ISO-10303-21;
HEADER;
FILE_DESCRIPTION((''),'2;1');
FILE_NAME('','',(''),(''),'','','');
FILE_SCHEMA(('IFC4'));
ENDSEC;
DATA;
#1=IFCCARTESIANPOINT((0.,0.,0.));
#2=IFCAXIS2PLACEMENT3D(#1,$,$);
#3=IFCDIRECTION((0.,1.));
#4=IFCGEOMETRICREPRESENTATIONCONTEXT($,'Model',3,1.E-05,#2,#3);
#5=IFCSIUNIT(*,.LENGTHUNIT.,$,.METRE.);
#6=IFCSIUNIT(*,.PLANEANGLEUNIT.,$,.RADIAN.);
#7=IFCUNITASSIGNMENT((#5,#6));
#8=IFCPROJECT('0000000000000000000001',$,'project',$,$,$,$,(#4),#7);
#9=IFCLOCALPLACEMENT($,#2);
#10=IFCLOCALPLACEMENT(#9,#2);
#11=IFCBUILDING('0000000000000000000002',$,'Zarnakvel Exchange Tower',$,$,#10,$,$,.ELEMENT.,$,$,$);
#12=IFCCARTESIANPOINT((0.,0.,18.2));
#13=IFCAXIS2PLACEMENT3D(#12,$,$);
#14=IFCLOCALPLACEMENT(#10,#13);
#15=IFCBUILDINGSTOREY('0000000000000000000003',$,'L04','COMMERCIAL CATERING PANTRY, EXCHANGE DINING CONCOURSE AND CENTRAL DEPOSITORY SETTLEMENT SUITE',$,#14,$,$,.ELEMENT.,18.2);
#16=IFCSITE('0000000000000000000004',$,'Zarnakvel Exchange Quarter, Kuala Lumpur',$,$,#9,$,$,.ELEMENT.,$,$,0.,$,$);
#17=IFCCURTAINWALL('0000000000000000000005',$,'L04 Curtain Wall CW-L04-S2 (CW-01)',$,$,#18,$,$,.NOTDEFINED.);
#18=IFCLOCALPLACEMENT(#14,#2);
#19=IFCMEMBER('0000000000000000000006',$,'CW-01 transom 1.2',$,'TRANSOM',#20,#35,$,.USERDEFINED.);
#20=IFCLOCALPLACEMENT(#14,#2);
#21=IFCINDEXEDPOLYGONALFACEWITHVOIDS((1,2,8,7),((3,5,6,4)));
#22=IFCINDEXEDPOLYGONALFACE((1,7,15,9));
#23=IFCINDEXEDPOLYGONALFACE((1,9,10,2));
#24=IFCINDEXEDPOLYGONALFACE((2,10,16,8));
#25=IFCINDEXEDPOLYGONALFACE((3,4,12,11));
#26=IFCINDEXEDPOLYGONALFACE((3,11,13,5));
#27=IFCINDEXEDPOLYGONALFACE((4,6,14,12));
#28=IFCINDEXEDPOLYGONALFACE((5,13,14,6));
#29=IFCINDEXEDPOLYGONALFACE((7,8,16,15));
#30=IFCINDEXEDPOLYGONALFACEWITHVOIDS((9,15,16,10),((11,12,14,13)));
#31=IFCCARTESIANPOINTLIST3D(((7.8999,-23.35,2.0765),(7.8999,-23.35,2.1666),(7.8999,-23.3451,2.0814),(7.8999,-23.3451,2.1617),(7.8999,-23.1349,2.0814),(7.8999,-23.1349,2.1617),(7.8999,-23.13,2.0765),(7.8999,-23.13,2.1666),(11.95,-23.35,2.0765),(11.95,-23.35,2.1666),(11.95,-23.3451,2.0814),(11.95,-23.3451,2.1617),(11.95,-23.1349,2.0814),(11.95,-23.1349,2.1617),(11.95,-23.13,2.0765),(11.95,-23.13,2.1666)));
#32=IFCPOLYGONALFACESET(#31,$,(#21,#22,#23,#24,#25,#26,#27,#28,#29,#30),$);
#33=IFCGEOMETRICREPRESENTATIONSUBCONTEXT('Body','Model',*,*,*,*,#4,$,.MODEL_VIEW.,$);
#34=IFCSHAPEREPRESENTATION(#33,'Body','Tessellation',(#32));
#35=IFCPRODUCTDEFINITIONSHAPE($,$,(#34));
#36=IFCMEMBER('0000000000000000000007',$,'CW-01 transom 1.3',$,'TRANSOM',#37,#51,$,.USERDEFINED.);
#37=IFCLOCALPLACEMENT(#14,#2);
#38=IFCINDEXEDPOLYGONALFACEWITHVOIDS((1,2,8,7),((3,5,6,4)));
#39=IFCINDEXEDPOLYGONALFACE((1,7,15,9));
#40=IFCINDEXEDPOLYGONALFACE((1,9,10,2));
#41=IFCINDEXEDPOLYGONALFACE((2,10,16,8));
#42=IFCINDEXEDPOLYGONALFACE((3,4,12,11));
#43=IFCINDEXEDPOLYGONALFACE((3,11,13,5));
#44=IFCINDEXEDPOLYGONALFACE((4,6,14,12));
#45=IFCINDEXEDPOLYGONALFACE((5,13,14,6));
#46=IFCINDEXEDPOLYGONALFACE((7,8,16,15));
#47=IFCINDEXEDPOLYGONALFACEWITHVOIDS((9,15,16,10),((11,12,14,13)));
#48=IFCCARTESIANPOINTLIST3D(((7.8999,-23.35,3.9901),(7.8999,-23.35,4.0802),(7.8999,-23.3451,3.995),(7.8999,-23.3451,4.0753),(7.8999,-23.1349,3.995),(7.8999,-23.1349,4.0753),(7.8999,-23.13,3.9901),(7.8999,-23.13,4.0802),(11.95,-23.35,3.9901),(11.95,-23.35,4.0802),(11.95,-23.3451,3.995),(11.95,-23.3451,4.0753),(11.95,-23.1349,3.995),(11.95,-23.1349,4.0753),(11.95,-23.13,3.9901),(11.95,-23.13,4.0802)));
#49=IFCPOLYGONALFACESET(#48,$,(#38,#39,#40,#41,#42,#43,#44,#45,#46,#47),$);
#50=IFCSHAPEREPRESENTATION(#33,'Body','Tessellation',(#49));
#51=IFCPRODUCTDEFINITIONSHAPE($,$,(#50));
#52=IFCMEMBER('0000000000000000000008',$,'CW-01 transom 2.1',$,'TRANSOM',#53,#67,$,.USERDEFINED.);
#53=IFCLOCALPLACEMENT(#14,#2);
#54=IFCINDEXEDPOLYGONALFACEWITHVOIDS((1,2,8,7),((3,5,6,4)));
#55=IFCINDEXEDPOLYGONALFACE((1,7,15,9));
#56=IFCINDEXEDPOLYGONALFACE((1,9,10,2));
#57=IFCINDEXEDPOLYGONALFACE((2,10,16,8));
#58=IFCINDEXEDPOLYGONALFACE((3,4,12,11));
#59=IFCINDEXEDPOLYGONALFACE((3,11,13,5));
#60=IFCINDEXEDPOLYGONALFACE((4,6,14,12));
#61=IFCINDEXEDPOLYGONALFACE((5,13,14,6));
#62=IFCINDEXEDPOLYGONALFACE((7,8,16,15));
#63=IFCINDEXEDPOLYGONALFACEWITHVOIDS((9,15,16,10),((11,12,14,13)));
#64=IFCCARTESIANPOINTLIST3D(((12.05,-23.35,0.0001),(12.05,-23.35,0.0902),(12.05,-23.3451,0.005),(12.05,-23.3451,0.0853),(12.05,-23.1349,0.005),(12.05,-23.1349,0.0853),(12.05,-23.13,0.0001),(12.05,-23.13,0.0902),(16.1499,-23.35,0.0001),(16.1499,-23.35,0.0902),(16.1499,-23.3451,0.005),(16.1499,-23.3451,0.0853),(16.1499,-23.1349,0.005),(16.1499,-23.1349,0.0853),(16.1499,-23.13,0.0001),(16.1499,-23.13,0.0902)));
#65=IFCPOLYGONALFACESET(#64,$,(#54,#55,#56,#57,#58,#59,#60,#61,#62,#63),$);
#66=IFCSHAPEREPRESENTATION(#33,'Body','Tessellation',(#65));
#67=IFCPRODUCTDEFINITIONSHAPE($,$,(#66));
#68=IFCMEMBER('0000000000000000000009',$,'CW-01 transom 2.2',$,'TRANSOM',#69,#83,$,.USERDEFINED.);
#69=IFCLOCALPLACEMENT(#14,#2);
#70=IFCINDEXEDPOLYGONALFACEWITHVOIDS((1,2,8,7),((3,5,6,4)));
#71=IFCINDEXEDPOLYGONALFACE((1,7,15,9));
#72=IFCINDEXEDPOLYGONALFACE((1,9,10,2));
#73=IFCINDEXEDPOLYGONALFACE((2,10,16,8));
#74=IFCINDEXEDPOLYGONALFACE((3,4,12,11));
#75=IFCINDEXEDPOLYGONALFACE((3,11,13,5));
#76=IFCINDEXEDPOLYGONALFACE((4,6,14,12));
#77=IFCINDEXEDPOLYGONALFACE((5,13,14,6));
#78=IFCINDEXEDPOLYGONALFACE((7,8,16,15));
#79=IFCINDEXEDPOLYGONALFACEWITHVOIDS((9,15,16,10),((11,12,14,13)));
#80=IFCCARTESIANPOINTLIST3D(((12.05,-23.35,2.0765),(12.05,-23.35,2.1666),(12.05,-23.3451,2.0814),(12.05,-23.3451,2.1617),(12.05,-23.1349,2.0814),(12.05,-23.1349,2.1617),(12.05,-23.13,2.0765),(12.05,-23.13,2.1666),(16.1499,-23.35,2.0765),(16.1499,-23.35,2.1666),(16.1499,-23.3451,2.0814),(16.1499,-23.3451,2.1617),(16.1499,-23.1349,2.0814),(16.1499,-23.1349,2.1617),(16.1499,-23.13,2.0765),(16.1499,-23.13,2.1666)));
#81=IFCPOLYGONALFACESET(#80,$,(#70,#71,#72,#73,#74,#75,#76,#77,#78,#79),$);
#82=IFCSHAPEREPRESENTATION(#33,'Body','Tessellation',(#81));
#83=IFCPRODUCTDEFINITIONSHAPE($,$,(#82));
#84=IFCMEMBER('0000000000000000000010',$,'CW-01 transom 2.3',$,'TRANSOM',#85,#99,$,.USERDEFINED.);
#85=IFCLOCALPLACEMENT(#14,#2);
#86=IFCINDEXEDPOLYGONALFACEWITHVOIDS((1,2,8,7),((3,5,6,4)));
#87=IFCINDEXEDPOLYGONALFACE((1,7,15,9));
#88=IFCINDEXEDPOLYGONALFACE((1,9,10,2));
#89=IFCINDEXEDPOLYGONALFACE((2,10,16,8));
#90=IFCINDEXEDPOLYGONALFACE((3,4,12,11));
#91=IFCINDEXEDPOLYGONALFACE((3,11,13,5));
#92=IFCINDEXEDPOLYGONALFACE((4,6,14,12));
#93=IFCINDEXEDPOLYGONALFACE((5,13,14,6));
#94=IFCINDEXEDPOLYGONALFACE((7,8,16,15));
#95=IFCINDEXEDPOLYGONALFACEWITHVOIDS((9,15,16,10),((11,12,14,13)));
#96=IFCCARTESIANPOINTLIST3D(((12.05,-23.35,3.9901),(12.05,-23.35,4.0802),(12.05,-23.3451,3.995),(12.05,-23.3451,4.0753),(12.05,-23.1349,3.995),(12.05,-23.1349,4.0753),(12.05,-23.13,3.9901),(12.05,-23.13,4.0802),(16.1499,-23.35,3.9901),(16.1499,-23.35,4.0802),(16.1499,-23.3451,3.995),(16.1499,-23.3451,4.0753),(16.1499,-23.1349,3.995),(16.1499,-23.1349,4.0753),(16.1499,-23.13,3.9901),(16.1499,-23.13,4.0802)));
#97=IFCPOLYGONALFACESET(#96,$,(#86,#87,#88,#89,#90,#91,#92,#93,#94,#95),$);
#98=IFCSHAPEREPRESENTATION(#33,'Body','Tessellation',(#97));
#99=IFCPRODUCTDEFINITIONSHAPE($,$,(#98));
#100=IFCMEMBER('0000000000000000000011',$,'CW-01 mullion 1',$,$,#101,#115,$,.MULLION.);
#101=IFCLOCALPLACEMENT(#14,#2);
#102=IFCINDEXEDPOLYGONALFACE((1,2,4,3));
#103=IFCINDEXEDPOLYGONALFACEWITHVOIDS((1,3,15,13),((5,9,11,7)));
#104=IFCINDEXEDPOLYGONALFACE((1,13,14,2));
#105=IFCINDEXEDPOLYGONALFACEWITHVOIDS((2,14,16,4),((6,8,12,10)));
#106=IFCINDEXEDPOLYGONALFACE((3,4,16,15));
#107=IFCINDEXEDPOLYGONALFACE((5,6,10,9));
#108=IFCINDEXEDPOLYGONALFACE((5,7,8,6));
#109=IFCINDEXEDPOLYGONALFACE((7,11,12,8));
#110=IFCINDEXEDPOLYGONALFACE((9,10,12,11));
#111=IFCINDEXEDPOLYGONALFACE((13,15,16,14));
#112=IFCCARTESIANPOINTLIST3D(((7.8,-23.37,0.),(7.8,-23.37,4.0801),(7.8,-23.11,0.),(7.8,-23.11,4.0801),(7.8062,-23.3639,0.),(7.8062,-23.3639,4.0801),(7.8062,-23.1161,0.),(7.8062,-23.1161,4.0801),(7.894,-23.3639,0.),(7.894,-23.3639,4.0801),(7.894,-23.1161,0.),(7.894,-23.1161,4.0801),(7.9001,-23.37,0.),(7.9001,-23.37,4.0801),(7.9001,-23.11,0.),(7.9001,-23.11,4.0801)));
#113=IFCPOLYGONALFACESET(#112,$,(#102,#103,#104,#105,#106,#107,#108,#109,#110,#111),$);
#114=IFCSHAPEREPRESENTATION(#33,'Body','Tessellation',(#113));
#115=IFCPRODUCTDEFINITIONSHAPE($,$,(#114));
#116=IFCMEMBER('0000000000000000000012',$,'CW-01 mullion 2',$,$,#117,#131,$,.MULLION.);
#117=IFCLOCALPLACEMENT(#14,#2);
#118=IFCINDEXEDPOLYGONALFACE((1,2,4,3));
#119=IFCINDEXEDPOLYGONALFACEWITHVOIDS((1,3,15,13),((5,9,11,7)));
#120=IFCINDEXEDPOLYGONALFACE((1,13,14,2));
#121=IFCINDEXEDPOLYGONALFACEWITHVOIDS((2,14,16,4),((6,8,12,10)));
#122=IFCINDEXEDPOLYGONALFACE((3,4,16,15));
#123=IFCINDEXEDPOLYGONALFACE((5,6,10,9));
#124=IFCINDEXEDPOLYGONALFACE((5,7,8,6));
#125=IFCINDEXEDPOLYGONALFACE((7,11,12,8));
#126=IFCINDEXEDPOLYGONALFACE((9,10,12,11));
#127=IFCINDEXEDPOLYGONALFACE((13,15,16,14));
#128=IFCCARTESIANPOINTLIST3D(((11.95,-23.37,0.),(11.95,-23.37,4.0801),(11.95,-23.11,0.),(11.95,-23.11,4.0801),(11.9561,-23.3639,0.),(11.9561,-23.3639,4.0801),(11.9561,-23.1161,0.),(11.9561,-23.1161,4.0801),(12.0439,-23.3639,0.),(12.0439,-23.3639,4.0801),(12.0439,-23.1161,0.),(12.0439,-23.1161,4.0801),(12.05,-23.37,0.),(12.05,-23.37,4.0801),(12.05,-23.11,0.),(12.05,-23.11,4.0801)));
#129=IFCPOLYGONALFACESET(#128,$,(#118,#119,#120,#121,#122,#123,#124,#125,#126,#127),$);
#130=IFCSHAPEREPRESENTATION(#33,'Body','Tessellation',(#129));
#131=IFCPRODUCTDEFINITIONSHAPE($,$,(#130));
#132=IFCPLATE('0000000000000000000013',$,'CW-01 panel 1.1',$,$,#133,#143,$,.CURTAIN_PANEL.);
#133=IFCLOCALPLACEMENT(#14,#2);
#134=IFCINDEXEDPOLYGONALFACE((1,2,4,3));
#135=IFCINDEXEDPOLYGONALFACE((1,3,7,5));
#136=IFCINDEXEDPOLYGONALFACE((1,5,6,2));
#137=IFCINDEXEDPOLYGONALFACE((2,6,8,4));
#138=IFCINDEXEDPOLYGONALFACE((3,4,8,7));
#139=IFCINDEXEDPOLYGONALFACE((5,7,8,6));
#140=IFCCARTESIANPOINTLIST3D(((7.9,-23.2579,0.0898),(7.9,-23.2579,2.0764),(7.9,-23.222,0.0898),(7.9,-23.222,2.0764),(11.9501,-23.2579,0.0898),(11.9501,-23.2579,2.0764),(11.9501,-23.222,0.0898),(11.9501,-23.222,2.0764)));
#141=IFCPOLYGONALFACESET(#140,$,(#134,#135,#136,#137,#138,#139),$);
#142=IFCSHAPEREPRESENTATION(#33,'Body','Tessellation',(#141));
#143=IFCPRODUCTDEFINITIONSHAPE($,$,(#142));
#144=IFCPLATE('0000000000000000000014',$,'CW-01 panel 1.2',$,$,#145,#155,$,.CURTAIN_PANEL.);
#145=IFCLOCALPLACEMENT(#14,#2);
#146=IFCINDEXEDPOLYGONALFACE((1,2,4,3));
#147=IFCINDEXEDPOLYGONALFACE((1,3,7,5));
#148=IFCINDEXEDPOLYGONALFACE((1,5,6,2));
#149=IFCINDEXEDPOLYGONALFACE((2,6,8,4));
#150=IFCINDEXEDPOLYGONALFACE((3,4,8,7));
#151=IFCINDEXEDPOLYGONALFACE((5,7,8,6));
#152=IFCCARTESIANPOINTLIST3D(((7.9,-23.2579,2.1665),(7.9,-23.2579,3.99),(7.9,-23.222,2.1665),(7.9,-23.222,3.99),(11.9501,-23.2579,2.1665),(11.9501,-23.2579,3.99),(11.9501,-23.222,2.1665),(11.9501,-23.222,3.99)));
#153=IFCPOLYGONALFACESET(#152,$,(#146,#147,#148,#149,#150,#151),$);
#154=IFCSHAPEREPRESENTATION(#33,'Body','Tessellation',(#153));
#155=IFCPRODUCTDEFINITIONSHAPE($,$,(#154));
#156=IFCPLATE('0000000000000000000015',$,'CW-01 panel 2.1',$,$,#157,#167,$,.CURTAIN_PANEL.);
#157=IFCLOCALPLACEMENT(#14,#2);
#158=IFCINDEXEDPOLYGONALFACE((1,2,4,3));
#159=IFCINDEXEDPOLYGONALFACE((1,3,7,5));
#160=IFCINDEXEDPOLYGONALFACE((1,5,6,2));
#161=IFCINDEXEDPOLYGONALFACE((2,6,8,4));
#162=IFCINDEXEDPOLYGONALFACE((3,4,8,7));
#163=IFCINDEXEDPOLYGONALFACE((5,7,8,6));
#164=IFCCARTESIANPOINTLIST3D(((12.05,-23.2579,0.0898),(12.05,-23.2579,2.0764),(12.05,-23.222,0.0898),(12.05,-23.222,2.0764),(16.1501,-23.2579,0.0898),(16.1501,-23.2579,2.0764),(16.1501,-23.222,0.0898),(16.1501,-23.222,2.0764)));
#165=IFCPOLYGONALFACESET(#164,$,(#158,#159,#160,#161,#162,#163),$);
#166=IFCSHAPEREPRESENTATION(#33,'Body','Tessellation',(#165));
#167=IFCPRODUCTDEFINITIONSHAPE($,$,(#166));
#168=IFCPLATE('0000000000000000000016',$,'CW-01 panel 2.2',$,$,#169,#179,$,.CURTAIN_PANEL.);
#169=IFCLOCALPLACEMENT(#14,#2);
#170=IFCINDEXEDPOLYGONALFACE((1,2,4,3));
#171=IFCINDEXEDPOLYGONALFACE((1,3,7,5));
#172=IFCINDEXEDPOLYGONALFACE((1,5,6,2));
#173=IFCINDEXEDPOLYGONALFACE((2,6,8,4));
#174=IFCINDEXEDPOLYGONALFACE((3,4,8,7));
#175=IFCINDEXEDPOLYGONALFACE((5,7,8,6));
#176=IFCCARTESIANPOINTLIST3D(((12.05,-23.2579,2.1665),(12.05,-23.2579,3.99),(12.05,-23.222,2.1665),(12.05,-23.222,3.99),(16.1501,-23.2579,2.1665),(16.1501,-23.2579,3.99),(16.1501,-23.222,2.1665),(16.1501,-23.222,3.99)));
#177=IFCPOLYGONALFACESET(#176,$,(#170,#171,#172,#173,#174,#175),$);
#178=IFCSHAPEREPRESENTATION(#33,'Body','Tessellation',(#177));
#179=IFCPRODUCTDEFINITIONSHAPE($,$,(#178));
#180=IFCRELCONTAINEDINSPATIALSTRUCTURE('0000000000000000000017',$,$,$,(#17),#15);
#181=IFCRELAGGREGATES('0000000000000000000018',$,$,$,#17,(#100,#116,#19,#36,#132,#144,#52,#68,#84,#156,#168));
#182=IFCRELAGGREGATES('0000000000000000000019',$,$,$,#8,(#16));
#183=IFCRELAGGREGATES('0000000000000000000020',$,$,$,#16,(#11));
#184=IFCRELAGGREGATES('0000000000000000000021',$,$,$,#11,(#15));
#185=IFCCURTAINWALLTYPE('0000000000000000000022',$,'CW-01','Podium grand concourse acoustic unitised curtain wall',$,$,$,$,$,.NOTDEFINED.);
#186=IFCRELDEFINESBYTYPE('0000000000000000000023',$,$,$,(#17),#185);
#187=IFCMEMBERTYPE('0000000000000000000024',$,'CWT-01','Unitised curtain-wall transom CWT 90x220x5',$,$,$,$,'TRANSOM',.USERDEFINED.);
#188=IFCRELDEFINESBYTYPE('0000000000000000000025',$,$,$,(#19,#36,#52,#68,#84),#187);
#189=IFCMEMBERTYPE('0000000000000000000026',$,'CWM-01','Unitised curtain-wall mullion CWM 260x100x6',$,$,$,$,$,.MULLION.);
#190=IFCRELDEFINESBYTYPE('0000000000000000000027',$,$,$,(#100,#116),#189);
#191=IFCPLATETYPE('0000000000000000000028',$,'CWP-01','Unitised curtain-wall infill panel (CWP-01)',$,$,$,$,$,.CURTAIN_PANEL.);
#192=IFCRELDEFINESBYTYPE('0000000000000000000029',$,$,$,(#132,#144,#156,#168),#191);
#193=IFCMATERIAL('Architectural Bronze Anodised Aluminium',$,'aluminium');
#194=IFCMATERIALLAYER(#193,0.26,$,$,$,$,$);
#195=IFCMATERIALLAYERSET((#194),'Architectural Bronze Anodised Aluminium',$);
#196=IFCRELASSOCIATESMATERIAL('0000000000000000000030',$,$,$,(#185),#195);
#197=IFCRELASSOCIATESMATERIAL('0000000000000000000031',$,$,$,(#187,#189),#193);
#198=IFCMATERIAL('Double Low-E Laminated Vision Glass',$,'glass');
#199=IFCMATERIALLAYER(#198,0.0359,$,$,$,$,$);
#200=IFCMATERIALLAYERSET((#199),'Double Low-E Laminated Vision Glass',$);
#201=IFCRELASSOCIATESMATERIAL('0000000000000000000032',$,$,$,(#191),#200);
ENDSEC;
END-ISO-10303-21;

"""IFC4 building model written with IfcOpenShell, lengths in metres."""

from ifc_helpers import new_model, si_unit, direction, frame, origin, origin_2d, place, context, subcontext, project, spatial, rectangle, hollow_rectangle, extrude, source, transform, mapped, material, layer, layer_set, material_profile, profile_set, type_object, element, aggregate, save


model = new_model("IFC4")

# Units and contexts
model_context = context("Model", 3, precision=1e-05, world=origin(), true_north=direction((0.0, 1.0)))
body_context = subcontext(model_context, "Body", "Model", "MODEL_VIEW")
ifc_project = project(units=[si_unit("LENGTHUNIT", "METRE"), si_unit("PLANEANGLEUNIT", "RADIAN")], contexts=[model_context])

# Site, building, storey
site_placement = place(None, origin())
site = spatial("IfcSite", under=ifc_project, at=site_placement, Name="Zarnakvel Exchange Quarter, Kuala Lumpur", CompositionType="ELEMENT", RefElevation=0.0)
building_placement = place(site_placement, origin())
building = spatial("IfcBuilding", under=site, at=building_placement, Name="Zarnakvel Exchange Tower", CompositionType="ELEMENT")
storey_placement = place(building_placement, frame((0.0, 0.0, 18.2)))
storey = spatial("IfcBuildingStorey", under=building, at=storey_placement, Name="L04", Description="COMMERCIAL CATERING PANTRY, EXCHANGE DINING CONCOURSE AND CENTRAL DEPOSITORY SETTLEMENT SUITE", CompositionType="ELEMENT", Elevation=18.2)

# Curtain wall, members, plates
ifc_material_1 = material(Name="Architectural Bronze Anodised Aluminium", Category="aluminium")
ifc_layer_1 = layer(ifc_material_1, 0.26)
ifc_layer_set_1 = layer_set([ifc_layer_1], Name="Architectural Bronze Anodised Aluminium")
curtain_wall_type = type_object("IfcCurtainWallType", Name="CW-01", Description="Podium grand concourse acoustic unitised curtain wall", PredefinedType="NOTDEFINED", material=ifc_layer_set_1)
curtain_wall_placement = place(storey_placement, origin())
curtain_wall = element("IfcCurtainWall", 1, at=curtain_wall_placement, inside=storey, type_object=curtain_wall_type, Name="L04 Curtain Wall CW-L04-S2 (CW-01)", PredefinedType="NOTDEFINED")
ifc_material_profile_1 = material_profile(ifc_material_1, hollow_rectangle(XDim=0.22, YDim=0.0901, WallThickness=0.0049, at=origin_2d()))
ifc_profile_set_1 = profile_set([ifc_material_profile_1], Name="Architectural Bronze Anodised Aluminium")
member_type_1 = type_object("IfcMemberType", Name="CWT-01", Description="Unitised curtain-wall transom CWT 90x220x5", ElementType="TRANSOM", PredefinedType="USERDEFINED", material=ifc_profile_set_1)
shared_shape_1 = source(origin(), body_context, "Body", "SweptSolid", [
    extrude(hollow_rectangle(XDim=0.22, YDim=0.0901, WallThickness=0.0049, at=origin_2d()), origin(), (0.0, 0.0, 1.0), 4.05),
])
member_1_placement = place(storey_placement, frame((7.8999, -23.24, 2.1216), z_axis=(1.0, 0.0, 0.0), x_axis=(0.0, 1.0, 0.0)))
member_1 = element("IfcMember", 2, at=member_1_placement, type_object=member_type_1, Name="CW-01 transom 1.2", ObjectType="TRANSOM", PredefinedType="USERDEFINED", context=body_context, shape_type="MappedRepresentation", body=[
    mapped(shared_shape_1, transform((0.0, 0.0, 0.0), x_axis=(1.0, 0.0, 0.0), y_axis=(0.0, 1.0, 0.0), z_axis=(0.0, 0.0, 1.0), scale=1.0)),
])
member_2_placement = place(storey_placement, frame((7.8999, -23.24, 4.0352), z_axis=(1.0, 0.0, 0.0), x_axis=(0.0, 1.0, 0.0)))
member_2 = element("IfcMember", 3, at=member_2_placement, type_object=member_type_1, Name="CW-01 transom 1.3", ObjectType="TRANSOM", PredefinedType="USERDEFINED", context=body_context, shape_type="MappedRepresentation", body=[
    mapped(shared_shape_1, transform((0.0, 0.0, 0.0), x_axis=(1.0, 0.0, 0.0), y_axis=(0.0, 1.0, 0.0), z_axis=(0.0, 0.0, 1.0), scale=1.0)),
])
shared_shape_2 = source(origin(), body_context, "Body", "SweptSolid", [
    extrude(hollow_rectangle(XDim=0.22, YDim=0.0901, WallThickness=0.0049, at=origin_2d()), origin(), (0.0, 0.0, 1.0), 4.0999),
])
member_3_placement = place(storey_placement, frame((12.05, -23.24, 0.0452), z_axis=(1.0, 0.0, 0.0), x_axis=(0.0, 1.0, 0.0)))
member_3 = element("IfcMember", 4, at=member_3_placement, type_object=member_type_1, Name="CW-01 transom 2.1", ObjectType="TRANSOM", PredefinedType="USERDEFINED", context=body_context, shape_type="MappedRepresentation", body=[
    mapped(shared_shape_2, transform((0.0, 0.0, 0.0), x_axis=(1.0, 0.0, 0.0), y_axis=(0.0, 1.0, 0.0), z_axis=(0.0, 0.0, 1.0), scale=1.0)),
])
member_4_placement = place(storey_placement, frame((12.05, -23.24, 2.1216), z_axis=(1.0, 0.0, 0.0), x_axis=(0.0, 1.0, 0.0)))
member_4 = element("IfcMember", 5, at=member_4_placement, type_object=member_type_1, Name="CW-01 transom 2.2", ObjectType="TRANSOM", PredefinedType="USERDEFINED", context=body_context, shape_type="MappedRepresentation", body=[
    mapped(shared_shape_2, transform((0.0, 0.0, 0.0), x_axis=(1.0, 0.0, 0.0), y_axis=(0.0, 1.0, 0.0), z_axis=(0.0, 0.0, 1.0), scale=1.0)),
])
member_5_placement = place(storey_placement, frame((12.05, -23.24, 4.0352), z_axis=(1.0, 0.0, 0.0), x_axis=(0.0, 1.0, 0.0)))
member_5 = element("IfcMember", 6, at=member_5_placement, type_object=member_type_1, Name="CW-01 transom 2.3", ObjectType="TRANSOM", PredefinedType="USERDEFINED", context=body_context, shape_type="MappedRepresentation", body=[
    mapped(shared_shape_2, transform((0.0, 0.0, 0.0), x_axis=(1.0, 0.0, 0.0), y_axis=(0.0, 1.0, 0.0), z_axis=(0.0, 0.0, 1.0), scale=1.0)),
])
ifc_material_profile_2 = material_profile(ifc_material_1, hollow_rectangle(XDim=0.26, YDim=0.1001, WallThickness=0.0061, at=origin_2d()))
ifc_profile_set_2 = profile_set([ifc_material_profile_2], Name="Architectural Bronze Anodised Aluminium")
member_type_2 = type_object("IfcMemberType", Name="CWM-01", Description="Unitised curtain-wall mullion CWM 260x100x6", PredefinedType="MULLION", material=ifc_profile_set_2)
shared_shape_3 = source(origin(), body_context, "Body", "SweptSolid", [
    extrude(hollow_rectangle(XDim=0.26, YDim=0.1001, WallThickness=0.0061, at=origin_2d()), origin(), (0.0, 0.0, 1.0), 4.0801),
])
member_6_placement = place(storey_placement, frame((7.8501, -23.24, 0.0), z_axis=(0.0, 0.0, 1.0), x_axis=(0.0, 1.0, 0.0)))
member_6 = element("IfcMember", 7, at=member_6_placement, type_object=member_type_2, Name="CW-01 mullion 1", PredefinedType="MULLION", context=body_context, shape_type="MappedRepresentation", body=[
    mapped(shared_shape_3, transform((0.0, 0.0, 0.0), x_axis=(1.0, 0.0, 0.0), y_axis=(0.0, 1.0, 0.0), z_axis=(0.0, 0.0, 1.0), scale=1.0)),
])
member_7_placement = place(storey_placement, frame((12.0, -23.24, 0.0), z_axis=(0.0, 0.0, 1.0), x_axis=(0.0, 1.0, 0.0)))
member_7 = element("IfcMember", 8, at=member_7_placement, type_object=member_type_2, Name="CW-01 mullion 2", PredefinedType="MULLION", context=body_context, shape_type="MappedRepresentation", body=[
    mapped(shared_shape_3, transform((0.0, 0.0, 0.0), x_axis=(1.0, 0.0, 0.0), y_axis=(0.0, 1.0, 0.0), z_axis=(0.0, 0.0, 1.0), scale=1.0)),
])
ifc_material_2 = material(Name="Double Low-E Laminated Vision Glass", Category="glass")
ifc_layer_2 = layer(ifc_material_2, 0.0359)
ifc_layer_set_2 = layer_set([ifc_layer_2], Name="Double Low-E Laminated Vision Glass")
plate_type = type_object("IfcPlateType", Name="CWP-01", Description="Unitised curtain-wall infill panel (CWP-01)", PredefinedType="CURTAIN_PANEL", material=ifc_layer_set_2)
shared_shape_4 = source(origin(), body_context, "Body", "SweptSolid", [
    extrude(rectangle(XDim=4.05, YDim=0.0359, at=origin_2d()), origin(), (0.0, 0.0, 1.0), 1.9866),
])
plate_1_placement = place(storey_placement, frame((9.925, -23.24, 0.0898), z_axis=(0.0, 0.0, 1.0), x_axis=(1.0, 0.0, 0.0)))
plate_1 = element("IfcPlate", 9, at=plate_1_placement, type_object=plate_type, Name="CW-01 panel 1.1", PredefinedType="CURTAIN_PANEL", context=body_context, shape_type="MappedRepresentation", body=[
    mapped(shared_shape_4, transform((0.0, 0.0, 0.0), x_axis=(1.0, 0.0, 0.0), y_axis=(0.0, 1.0, 0.0), z_axis=(0.0, 0.0, 1.0), scale=1.0)),
])
shared_shape_5 = source(origin(), body_context, "Body", "SweptSolid", [
    extrude(rectangle(XDim=4.05, YDim=0.0359, at=origin_2d()), origin(), (0.0, 0.0, 1.0), 1.8235),
])
plate_2_placement = place(storey_placement, frame((9.925, -23.24, 2.1665), z_axis=(0.0, 0.0, 1.0), x_axis=(1.0, 0.0, 0.0)))
plate_2 = element("IfcPlate", 10, at=plate_2_placement, type_object=plate_type, Name="CW-01 panel 1.2", PredefinedType="CURTAIN_PANEL", context=body_context, shape_type="MappedRepresentation", body=[
    mapped(shared_shape_5, transform((0.0, 0.0, 0.0), x_axis=(1.0, 0.0, 0.0), y_axis=(0.0, 1.0, 0.0), z_axis=(0.0, 0.0, 1.0), scale=1.0)),
])
shared_shape_6 = source(origin(), body_context, "Body", "SweptSolid", [
    extrude(rectangle(XDim=4.1001, YDim=0.0359, at=origin_2d()), origin(), (0.0, 0.0, 1.0), 1.9866),
])
plate_3_placement = place(storey_placement, frame((14.1001, -23.24, 0.0898), z_axis=(0.0, 0.0, 1.0), x_axis=(1.0, 0.0, 0.0)))
plate_3 = element("IfcPlate", 11, at=plate_3_placement, type_object=plate_type, Name="CW-01 panel 2.1", PredefinedType="CURTAIN_PANEL", context=body_context, shape_type="MappedRepresentation", body=[
    mapped(shared_shape_6, transform((0.0, 0.0, 0.0), x_axis=(1.0, 0.0, 0.0), y_axis=(0.0, 1.0, 0.0), z_axis=(0.0, 0.0, 1.0), scale=1.0)),
])
shared_shape_7 = source(origin(), body_context, "Body", "SweptSolid", [
    extrude(rectangle(XDim=4.1001, YDim=0.0359, at=origin_2d()), origin(), (0.0, 0.0, 1.0), 1.8235),
])
plate_4_placement = place(storey_placement, frame((14.1001, -23.24, 2.1665), z_axis=(0.0, 0.0, 1.0), x_axis=(1.0, 0.0, 0.0)))
plate_4 = element("IfcPlate", 12, at=plate_4_placement, type_object=plate_type, Name="CW-01 panel 2.2", PredefinedType="CURTAIN_PANEL", context=body_context, shape_type="MappedRepresentation", body=[
    mapped(shared_shape_7, transform((0.0, 0.0, 0.0), x_axis=(1.0, 0.0, 0.0), y_axis=(0.0, 1.0, 0.0), z_axis=(0.0, 0.0, 1.0), scale=1.0)),
])
aggregate(curtain_wall, [member_6, member_7, member_1, member_2, plate_1, plate_2, member_3, member_4, member_5, plate_3, plate_4])

save(model, "model.ifc")
